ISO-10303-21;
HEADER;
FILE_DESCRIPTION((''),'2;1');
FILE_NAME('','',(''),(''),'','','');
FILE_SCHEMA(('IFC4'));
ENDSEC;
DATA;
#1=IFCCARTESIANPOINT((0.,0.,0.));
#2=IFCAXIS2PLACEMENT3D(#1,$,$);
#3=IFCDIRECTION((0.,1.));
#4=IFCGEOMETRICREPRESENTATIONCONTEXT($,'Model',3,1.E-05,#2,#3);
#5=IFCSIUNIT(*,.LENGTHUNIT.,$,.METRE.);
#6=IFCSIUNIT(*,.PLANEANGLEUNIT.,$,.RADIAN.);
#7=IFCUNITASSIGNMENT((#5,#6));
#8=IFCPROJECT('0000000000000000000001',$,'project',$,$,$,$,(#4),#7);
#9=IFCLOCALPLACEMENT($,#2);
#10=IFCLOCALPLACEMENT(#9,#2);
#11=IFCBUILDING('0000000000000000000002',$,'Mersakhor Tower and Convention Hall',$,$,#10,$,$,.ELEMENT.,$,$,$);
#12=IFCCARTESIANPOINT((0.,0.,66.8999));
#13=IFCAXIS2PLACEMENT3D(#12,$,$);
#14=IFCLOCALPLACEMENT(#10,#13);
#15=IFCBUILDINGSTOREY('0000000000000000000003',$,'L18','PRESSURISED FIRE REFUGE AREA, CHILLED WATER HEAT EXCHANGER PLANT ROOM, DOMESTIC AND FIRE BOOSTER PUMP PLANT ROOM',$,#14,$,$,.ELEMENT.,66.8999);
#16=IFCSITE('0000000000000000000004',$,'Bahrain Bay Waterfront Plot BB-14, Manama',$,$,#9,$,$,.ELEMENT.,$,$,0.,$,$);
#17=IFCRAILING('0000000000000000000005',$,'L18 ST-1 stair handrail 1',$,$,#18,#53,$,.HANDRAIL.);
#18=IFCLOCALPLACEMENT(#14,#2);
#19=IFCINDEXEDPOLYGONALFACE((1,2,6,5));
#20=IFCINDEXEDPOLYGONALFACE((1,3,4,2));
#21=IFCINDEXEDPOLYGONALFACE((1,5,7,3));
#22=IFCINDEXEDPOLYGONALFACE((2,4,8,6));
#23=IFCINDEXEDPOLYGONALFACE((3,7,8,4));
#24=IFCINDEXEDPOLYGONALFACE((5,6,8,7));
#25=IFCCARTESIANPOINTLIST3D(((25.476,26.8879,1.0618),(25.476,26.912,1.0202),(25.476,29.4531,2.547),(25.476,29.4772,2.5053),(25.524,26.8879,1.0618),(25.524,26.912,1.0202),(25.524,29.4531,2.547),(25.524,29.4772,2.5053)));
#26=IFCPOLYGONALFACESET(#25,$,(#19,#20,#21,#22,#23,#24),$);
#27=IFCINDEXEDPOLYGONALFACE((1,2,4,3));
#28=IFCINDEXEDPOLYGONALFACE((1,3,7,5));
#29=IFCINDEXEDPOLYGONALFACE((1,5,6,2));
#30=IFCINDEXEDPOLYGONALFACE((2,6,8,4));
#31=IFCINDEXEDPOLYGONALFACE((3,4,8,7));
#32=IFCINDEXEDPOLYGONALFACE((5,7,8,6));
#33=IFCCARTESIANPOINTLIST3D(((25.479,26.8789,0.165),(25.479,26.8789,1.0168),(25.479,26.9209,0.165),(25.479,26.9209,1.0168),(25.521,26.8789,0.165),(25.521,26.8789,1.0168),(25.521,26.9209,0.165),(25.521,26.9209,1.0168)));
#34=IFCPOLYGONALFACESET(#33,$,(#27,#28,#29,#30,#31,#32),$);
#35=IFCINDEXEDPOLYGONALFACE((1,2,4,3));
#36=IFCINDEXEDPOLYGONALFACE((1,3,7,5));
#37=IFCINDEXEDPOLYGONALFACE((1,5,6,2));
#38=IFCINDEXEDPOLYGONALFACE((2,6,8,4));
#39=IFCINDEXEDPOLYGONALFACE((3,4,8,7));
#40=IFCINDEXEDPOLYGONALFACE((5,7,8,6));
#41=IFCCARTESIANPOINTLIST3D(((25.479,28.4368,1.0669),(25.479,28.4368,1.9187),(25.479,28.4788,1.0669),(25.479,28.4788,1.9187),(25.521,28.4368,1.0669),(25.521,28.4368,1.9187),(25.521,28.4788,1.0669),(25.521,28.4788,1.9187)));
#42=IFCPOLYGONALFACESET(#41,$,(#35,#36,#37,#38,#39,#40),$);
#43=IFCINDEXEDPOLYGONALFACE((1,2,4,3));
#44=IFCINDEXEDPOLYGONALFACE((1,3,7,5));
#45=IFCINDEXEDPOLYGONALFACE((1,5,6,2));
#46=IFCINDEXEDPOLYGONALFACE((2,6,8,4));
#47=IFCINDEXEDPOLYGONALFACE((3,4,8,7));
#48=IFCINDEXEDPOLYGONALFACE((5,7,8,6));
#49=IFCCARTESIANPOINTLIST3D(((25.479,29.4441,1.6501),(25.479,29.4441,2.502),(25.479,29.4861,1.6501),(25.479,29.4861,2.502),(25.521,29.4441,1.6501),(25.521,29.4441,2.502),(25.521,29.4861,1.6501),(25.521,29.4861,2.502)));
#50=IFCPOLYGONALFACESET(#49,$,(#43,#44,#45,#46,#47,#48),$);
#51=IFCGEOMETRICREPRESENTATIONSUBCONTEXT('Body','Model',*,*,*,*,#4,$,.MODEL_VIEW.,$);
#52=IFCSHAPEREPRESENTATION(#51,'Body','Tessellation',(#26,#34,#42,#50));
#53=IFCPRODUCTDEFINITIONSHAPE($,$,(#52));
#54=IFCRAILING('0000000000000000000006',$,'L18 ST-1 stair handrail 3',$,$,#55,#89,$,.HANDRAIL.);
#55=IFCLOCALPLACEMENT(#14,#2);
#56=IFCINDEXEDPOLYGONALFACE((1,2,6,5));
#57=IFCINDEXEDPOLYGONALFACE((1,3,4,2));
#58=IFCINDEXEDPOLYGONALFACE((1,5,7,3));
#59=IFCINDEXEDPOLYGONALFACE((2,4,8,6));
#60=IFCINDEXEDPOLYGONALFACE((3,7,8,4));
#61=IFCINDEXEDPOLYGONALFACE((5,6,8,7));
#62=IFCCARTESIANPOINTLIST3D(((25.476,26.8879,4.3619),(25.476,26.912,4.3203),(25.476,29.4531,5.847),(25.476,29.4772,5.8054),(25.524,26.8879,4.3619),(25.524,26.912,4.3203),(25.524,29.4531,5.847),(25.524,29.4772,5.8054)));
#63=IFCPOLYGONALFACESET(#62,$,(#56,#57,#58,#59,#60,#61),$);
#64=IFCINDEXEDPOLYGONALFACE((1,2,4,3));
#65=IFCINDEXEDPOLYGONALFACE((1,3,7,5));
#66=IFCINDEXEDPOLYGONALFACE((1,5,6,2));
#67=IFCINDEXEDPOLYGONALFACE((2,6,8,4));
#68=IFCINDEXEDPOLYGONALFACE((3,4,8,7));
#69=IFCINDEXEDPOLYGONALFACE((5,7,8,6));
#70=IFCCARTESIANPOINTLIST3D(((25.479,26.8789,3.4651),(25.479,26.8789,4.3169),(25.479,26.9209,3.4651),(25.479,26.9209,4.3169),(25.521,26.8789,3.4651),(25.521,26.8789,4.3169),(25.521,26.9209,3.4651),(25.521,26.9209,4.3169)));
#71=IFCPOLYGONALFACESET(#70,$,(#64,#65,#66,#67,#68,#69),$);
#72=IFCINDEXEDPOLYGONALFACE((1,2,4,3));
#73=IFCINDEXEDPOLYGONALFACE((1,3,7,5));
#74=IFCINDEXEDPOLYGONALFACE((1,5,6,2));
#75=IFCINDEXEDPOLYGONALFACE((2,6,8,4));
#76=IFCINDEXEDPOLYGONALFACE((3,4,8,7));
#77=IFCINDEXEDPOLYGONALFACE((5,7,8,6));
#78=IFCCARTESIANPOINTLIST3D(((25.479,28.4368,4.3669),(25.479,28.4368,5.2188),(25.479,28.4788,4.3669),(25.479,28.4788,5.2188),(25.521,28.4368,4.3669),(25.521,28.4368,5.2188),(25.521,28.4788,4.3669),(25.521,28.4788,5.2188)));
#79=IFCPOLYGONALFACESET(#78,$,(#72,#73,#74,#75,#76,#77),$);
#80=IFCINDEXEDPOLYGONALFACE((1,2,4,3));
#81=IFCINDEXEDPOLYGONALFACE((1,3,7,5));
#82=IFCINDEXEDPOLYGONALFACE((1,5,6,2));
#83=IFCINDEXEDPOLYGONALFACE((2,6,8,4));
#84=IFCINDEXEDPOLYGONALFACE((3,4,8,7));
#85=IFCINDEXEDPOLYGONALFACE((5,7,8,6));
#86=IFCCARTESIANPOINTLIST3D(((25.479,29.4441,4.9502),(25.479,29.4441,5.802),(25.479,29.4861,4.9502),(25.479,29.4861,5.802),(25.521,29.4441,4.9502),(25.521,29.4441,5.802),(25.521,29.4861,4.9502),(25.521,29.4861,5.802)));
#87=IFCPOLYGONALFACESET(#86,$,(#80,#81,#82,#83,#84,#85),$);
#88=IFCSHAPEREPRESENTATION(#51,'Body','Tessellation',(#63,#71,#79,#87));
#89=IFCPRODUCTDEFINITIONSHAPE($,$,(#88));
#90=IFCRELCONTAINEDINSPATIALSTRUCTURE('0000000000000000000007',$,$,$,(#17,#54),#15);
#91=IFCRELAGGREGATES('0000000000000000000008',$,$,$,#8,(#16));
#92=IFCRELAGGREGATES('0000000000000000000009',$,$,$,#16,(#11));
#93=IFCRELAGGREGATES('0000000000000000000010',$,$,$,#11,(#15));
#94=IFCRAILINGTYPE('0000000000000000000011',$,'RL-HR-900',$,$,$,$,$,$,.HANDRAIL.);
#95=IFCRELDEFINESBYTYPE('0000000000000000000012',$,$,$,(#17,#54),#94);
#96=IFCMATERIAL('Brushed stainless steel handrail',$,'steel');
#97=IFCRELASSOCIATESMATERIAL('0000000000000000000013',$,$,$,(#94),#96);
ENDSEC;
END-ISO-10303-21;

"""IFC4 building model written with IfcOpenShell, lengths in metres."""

from ifc_helpers import new_model, si_unit, direction, frame, origin, origin_2d, place, context, subcontext, project, spatial, rectangle, extrude, material, type_object, element, save


model = new_model("IFC4")

# Units and contexts
model_context = context("Model", 3, precision=1e-05, world=origin(), true_north=direction((0.0, 1.0)))
body_context = subcontext(model_context, "Body", "Model", "MODEL_VIEW")
ifc_project = project(units=[si_unit("LENGTHUNIT", "METRE"), si_unit("PLANEANGLEUNIT", "RADIAN")], contexts=[model_context])

# Site, building, storey
site_placement = place(None, origin())
site = spatial("IfcSite", under=ifc_project, at=site_placement, Name="Bahrain Bay Waterfront Plot BB-14, Manama", CompositionType="ELEMENT", RefElevation=0.0)
building_placement = place(site_placement, origin())
building = spatial("IfcBuilding", under=site, at=building_placement, Name="Mersakhor Tower and Convention Hall", CompositionType="ELEMENT")
storey_placement = place(building_placement, frame((0.0, 0.0, 66.8999)))
storey = spatial("IfcBuildingStorey", under=building, at=storey_placement, Name="L18", Description="PRESSURISED FIRE REFUGE AREA, CHILLED WATER HEAT EXCHANGER PLANT ROOM, DOMESTIC AND FIRE BOOSTER PUMP PLANT ROOM", CompositionType="ELEMENT", Elevation=66.8999)

# Railings
ifc_material_1 = material(Name="Brushed stainless steel handrail", Category="steel")
railing_type = type_object("IfcRailingType", Name="RL-HR-900", PredefinedType="HANDRAIL", material=ifc_material_1)
for number, where, name in (
    (1, (25.5, 26.8999, 0.165), "L18 ST-1 stair handrail 1"),
    (2, (25.5, 26.8999, 3.4651), "L18 ST-1 stair handrail 3"),
):
    element("IfcRailing", number, at=place(storey_placement, frame(where)), inside=storey, type_object=railing_type, Name=name, PredefinedType="HANDRAIL", context=body_context, shape_type="SweptSolid", body=[
        extrude(rectangle(XDim=0.0481, YDim=0.0481, at=origin_2d()), frame((0.0, 0.0, 0.876), z_axis=(0.0, 0.865426, 0.501036), x_axis=(-1.0, 0.0, 0.0)), (0.0, 0.0, 1.0), 2.9641),
        extrude(rectangle(XDim=0.042, YDim=0.042, at=origin_2d()), origin(), (0.0, 0.0, 1.0), 0.8518),
        extrude(rectangle(XDim=0.042, YDim=0.042, at=origin_2d()), frame((0.0, 1.5579, 0.9019)), (0.0, 0.0, 1.0), 0.8518),
        extrude(rectangle(XDim=0.042, YDim=0.042, at=origin_2d()), frame((0.0, 2.5652, 1.4851)), (0.0, 0.0, 1.0), 0.8518),
    ])

save(model, "model.ifc")
